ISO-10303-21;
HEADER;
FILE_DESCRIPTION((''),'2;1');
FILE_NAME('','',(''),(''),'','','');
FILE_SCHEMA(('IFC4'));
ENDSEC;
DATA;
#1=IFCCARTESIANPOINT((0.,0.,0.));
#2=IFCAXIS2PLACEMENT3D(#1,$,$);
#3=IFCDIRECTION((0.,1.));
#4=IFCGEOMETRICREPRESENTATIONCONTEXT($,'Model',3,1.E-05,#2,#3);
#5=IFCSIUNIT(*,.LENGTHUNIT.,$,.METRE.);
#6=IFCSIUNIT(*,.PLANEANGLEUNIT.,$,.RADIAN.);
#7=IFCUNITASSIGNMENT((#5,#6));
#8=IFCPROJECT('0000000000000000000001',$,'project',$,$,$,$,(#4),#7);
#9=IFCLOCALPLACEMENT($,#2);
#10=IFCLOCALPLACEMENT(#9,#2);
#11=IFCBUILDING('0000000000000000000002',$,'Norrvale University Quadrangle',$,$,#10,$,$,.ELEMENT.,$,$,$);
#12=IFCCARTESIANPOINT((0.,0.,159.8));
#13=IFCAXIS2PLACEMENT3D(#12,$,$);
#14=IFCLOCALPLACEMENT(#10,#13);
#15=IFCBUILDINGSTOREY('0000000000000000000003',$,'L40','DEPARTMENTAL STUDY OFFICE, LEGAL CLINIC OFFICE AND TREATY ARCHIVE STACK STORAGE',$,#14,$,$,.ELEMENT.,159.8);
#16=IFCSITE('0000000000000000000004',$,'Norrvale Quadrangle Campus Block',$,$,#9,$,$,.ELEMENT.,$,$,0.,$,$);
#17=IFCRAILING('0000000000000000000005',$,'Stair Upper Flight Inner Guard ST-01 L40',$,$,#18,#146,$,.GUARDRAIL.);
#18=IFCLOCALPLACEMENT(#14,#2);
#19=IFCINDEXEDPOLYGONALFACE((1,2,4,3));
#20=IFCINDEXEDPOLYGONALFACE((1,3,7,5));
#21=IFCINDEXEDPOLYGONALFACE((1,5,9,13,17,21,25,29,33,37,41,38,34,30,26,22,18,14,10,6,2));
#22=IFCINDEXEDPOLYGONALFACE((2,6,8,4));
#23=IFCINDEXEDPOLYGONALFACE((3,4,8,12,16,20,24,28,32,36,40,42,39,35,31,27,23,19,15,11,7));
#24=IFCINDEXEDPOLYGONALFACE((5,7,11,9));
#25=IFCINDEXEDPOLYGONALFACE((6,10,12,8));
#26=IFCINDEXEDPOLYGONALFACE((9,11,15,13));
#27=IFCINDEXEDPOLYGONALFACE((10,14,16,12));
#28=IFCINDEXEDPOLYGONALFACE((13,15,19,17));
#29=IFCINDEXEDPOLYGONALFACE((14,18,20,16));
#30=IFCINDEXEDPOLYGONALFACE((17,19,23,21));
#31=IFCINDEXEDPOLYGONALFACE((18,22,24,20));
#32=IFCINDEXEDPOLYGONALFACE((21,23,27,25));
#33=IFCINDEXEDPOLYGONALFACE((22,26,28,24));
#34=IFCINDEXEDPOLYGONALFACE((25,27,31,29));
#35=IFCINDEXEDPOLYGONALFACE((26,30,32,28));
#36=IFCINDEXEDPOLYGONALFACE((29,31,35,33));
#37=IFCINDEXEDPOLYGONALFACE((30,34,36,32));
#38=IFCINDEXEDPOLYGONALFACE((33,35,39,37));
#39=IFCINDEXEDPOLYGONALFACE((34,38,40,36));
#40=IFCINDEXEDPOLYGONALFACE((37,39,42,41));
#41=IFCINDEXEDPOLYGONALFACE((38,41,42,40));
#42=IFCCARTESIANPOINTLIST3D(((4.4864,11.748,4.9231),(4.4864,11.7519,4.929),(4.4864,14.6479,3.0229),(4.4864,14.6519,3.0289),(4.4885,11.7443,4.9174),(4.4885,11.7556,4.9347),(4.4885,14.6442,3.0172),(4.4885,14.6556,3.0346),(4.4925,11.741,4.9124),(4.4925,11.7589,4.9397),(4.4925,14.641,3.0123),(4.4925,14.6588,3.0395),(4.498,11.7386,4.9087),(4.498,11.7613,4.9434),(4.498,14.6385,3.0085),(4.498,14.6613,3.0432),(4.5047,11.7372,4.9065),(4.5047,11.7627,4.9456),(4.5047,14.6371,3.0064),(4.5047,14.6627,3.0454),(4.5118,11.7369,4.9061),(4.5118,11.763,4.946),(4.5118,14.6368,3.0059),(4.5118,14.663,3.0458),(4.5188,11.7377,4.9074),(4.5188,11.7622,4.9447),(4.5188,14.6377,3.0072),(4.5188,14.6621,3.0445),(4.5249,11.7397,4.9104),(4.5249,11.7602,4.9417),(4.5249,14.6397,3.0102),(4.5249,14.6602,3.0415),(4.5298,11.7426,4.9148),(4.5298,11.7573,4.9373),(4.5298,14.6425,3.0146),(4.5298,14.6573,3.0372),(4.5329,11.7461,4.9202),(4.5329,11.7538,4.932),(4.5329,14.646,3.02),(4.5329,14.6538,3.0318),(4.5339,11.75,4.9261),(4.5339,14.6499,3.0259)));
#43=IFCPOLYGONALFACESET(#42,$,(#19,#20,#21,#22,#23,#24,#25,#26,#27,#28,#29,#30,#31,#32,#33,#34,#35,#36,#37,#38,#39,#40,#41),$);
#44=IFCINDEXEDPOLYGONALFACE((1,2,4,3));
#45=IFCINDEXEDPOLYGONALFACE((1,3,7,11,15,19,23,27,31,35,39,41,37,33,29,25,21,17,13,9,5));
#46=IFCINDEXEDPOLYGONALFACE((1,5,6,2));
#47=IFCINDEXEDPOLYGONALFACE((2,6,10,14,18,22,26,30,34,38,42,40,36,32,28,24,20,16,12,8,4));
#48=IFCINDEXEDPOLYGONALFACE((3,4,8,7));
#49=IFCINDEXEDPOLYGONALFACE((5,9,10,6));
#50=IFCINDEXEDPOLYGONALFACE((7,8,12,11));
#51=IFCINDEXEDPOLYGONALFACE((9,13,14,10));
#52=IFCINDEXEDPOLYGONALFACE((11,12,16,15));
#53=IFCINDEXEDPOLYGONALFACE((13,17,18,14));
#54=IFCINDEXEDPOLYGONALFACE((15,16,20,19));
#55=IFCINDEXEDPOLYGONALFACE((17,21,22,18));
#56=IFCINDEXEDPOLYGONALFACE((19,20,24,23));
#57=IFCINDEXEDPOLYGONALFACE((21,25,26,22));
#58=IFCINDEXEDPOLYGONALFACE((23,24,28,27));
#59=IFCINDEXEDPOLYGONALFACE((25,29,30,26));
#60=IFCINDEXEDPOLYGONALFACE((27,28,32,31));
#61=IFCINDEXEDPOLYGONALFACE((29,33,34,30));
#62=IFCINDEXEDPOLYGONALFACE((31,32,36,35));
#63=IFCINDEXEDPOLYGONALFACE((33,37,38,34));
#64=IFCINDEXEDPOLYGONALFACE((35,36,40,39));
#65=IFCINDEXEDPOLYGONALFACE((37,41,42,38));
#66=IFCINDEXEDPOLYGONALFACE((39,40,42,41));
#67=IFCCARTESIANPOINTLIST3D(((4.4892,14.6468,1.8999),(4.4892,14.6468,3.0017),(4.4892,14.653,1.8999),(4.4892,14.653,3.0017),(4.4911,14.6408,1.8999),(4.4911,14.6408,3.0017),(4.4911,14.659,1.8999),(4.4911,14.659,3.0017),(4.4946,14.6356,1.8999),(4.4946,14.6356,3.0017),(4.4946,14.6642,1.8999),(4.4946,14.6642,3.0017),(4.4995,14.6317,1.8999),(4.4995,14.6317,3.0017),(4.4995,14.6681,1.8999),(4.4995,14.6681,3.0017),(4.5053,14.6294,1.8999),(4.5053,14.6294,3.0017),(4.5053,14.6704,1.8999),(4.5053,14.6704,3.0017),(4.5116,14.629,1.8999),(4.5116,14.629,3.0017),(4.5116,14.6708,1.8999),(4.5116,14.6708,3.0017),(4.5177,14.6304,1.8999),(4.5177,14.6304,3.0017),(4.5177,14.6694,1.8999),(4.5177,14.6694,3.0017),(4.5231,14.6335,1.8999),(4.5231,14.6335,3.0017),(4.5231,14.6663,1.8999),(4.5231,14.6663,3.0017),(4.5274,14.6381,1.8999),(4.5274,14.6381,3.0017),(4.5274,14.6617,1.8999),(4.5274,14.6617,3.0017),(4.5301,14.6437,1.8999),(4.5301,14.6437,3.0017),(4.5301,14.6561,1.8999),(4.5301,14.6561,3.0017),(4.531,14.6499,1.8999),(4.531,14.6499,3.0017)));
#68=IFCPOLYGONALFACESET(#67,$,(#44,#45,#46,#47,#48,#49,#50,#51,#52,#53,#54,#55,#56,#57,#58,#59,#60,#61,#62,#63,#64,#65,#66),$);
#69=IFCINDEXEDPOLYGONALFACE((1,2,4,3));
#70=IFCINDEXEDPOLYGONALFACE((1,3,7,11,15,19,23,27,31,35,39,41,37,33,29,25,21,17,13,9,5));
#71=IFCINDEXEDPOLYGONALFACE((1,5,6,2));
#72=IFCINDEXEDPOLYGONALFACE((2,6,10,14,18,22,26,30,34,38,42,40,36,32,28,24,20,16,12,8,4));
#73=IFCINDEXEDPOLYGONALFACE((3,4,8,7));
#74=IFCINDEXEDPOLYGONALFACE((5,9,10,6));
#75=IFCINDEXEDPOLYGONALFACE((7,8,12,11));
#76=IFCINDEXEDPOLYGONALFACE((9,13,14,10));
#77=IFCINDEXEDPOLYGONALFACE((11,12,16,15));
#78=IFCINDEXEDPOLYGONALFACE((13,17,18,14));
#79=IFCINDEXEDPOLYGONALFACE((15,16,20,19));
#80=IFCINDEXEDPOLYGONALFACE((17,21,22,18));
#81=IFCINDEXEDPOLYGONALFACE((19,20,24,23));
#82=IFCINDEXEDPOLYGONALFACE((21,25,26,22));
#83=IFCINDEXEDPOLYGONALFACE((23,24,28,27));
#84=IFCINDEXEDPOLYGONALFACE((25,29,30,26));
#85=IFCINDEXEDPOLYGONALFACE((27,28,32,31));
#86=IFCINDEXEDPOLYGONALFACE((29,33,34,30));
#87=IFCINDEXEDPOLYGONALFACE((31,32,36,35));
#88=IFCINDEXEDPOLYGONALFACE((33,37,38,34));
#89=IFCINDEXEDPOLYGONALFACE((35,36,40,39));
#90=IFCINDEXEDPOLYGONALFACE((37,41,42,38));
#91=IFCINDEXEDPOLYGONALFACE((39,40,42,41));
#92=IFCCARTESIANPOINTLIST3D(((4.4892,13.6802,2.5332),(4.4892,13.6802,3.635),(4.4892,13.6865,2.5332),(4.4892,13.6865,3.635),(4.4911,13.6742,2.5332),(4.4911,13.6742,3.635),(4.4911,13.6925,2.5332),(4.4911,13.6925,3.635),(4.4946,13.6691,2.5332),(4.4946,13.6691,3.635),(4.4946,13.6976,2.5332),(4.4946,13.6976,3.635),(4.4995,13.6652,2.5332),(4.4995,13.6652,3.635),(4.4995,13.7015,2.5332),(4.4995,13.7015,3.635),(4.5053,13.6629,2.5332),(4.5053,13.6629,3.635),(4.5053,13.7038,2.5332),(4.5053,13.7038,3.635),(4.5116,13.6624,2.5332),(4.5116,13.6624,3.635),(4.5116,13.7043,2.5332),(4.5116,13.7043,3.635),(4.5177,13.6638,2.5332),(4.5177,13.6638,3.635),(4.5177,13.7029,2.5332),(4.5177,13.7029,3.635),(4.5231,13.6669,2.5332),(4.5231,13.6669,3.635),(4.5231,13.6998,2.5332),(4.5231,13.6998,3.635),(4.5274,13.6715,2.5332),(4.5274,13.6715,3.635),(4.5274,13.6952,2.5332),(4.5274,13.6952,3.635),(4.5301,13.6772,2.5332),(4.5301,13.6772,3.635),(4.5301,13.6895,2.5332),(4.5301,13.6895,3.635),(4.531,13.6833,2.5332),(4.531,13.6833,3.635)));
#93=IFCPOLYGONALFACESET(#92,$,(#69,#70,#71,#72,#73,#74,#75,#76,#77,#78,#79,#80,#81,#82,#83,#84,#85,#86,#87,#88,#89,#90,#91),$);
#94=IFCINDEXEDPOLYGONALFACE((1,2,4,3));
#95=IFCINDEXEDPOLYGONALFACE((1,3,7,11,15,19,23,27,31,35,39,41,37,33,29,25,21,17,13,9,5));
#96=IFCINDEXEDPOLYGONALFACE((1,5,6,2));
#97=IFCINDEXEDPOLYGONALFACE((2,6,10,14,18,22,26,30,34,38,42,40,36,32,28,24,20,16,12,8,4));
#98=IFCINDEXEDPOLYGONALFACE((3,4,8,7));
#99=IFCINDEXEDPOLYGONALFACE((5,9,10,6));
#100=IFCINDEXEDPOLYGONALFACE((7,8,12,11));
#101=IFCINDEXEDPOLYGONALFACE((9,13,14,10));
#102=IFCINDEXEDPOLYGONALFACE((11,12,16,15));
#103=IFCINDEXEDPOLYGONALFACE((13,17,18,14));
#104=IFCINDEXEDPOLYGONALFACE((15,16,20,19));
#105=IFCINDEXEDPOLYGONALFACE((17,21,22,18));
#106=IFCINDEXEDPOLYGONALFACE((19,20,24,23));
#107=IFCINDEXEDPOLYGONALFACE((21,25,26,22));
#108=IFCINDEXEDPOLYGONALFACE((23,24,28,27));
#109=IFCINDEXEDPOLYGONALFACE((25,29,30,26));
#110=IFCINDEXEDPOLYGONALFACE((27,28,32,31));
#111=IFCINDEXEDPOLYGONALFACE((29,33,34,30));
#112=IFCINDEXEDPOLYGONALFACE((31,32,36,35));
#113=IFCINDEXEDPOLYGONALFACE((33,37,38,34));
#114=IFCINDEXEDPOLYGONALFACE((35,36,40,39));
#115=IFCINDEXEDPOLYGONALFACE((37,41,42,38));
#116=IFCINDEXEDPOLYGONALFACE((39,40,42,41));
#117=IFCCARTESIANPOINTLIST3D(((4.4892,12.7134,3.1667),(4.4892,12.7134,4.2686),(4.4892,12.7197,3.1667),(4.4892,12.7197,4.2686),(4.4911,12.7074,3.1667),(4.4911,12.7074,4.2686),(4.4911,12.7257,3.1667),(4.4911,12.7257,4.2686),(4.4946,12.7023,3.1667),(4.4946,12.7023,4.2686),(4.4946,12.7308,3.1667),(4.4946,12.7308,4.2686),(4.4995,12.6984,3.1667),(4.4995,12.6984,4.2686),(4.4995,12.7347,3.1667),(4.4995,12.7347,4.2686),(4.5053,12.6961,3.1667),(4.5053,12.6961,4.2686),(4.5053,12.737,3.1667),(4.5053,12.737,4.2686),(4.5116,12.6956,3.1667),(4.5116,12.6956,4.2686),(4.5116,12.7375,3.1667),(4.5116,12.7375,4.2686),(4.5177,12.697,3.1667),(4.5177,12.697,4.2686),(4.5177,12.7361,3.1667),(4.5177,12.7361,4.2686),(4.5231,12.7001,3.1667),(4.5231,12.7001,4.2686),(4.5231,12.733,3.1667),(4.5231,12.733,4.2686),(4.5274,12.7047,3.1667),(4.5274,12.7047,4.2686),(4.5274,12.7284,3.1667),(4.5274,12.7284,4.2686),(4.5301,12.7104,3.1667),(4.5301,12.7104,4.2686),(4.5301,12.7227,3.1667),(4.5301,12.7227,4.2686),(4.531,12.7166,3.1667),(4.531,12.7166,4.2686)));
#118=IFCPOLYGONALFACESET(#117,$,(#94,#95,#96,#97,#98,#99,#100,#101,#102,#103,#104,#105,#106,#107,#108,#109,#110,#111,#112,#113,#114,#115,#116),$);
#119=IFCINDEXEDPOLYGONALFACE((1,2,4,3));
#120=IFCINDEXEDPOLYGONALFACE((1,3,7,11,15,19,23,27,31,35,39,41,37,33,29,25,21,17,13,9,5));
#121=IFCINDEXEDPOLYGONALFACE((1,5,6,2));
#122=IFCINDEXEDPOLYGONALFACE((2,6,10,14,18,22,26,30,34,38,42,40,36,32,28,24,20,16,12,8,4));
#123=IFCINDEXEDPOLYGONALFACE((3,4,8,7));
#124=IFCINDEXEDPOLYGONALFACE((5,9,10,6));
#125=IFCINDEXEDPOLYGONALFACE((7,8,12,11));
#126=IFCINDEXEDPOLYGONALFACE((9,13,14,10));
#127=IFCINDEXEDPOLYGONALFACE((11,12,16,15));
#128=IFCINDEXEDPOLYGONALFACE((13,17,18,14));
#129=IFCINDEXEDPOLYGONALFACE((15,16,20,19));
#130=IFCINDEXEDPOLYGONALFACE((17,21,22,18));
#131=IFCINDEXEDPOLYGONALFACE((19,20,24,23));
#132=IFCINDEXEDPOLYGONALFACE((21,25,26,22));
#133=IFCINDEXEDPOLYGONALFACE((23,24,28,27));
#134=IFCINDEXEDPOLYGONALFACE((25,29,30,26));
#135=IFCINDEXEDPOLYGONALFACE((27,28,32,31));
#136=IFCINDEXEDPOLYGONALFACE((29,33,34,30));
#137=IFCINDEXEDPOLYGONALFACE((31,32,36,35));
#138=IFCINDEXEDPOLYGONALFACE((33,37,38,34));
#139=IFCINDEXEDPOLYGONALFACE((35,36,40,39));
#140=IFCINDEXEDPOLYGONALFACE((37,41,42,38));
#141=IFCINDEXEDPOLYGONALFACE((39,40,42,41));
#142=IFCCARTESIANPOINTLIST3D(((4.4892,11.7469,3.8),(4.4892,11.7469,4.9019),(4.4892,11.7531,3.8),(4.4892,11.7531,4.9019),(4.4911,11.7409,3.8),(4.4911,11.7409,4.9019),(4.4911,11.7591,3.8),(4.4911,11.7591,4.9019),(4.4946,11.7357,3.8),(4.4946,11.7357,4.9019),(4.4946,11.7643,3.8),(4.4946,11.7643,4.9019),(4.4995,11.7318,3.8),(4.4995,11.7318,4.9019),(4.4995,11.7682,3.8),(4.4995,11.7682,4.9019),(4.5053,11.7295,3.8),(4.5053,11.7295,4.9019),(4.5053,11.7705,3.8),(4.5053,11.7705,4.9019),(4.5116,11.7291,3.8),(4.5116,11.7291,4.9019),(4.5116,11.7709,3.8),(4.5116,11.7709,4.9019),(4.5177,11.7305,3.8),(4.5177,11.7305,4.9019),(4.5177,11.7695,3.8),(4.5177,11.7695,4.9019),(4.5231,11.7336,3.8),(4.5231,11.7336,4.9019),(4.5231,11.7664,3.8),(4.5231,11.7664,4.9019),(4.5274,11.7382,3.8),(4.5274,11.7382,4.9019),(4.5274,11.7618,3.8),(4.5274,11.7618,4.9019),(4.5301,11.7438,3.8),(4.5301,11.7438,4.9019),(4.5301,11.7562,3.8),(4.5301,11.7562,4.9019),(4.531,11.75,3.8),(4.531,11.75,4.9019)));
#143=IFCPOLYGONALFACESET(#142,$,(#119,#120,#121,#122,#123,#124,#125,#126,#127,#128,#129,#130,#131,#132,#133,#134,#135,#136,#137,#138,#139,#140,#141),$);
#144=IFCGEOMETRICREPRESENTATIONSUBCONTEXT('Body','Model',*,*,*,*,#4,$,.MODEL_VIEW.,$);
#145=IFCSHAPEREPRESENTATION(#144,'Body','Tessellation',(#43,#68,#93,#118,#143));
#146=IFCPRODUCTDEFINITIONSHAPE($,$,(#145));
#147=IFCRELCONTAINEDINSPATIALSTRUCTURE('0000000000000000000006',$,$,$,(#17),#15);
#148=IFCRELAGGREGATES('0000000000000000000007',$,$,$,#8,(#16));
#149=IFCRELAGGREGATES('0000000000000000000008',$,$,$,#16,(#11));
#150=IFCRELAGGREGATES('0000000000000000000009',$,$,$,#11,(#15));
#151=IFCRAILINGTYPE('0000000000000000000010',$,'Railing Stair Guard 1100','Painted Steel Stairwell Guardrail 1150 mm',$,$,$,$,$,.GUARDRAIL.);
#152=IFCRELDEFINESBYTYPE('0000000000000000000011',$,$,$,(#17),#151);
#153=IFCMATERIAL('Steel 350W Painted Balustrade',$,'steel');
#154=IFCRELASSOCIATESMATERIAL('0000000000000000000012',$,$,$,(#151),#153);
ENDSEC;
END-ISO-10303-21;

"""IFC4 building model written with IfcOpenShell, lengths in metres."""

from ifc_helpers import new_model, si_unit, direction, frame, origin, origin_2d, place, context, subcontext, project, spatial, circle, extrude, material, type_object, element, save


model = new_model("IFC4")

# Units and contexts
model_context = context("Model", 3, precision=1e-05, world=origin(), true_north=direction((0.0, 1.0)))
body_context = subcontext(model_context, "Body", "Model", "MODEL_VIEW")
ifc_project = project(units=[si_unit("LENGTHUNIT", "METRE"), si_unit("PLANEANGLEUNIT", "RADIAN")], contexts=[model_context])

# Site, building, storey
site_placement = place(None, origin())
site = spatial("IfcSite", under=ifc_project, at=site_placement, Name="Norrvale Quadrangle Campus Block", CompositionType="ELEMENT", RefElevation=0.0)
building_placement = place(site_placement, origin())
building = spatial("IfcBuilding", under=site, at=building_placement, Name="Norrvale University Quadrangle", CompositionType="ELEMENT")
storey_placement = place(building_placement, frame((0.0, 0.0, 159.8)))
storey = spatial("IfcBuildingStorey", under=building, at=storey_placement, Name="L40", Description="DEPARTMENTAL STUDY OFFICE, LEGAL CLINIC OFFICE AND TREATY ARCHIVE STACK STORAGE", CompositionType="ELEMENT", Elevation=159.8)

# Railing
ifc_material_1 = material(Name="Steel 350W Painted Balustrade", Category="steel")
railing_type_1 = type_object("IfcRailingType", Name="Railing Stair Guard 1100", Description="Painted Steel Stairwell Guardrail 1150 mm", PredefinedType="GUARDRAIL", material=ifc_material_1)
railing_1_placement = place(storey_placement, frame((4.51, 14.6499, 1.8999)))
element("IfcRailing", 1, at=railing_1_placement, inside=storey, type_object=railing_type_1, Name="Stair Upper Flight Inner Guard ST-01 L40", PredefinedType="GUARDRAIL", context=body_context, shape_type="SweptSolid", body=[
    extrude(circle(Radius=0.0239, at=origin_2d()), frame((0.0, 0.0, 1.126), z_axis=(0.0, -0.836433, 0.548069), x_axis=(1.0, 0.0, 0.0)), (0.0, 0.0, 1.0), 3.467),
    extrude(circle(Radius=0.021, at=origin_2d()), origin(), (0.0, 0.0, 1.0), 1.1018),
    extrude(circle(Radius=0.021, at=origin_2d()), frame((0.0, -0.9666, 0.6333)), (0.0, 0.0, 1.0), 1.1018),
    extrude(circle(Radius=0.021, at=origin_2d()), frame((0.0, -1.9333, 1.2668)), (0.0, 0.0, 1.0), 1.1018),
    extrude(circle(Radius=0.021, at=origin_2d()), frame((0.0, -2.8999, 1.9001)), (0.0, 0.0, 1.0), 1.1018),
])

save(model, "model.ifc")
